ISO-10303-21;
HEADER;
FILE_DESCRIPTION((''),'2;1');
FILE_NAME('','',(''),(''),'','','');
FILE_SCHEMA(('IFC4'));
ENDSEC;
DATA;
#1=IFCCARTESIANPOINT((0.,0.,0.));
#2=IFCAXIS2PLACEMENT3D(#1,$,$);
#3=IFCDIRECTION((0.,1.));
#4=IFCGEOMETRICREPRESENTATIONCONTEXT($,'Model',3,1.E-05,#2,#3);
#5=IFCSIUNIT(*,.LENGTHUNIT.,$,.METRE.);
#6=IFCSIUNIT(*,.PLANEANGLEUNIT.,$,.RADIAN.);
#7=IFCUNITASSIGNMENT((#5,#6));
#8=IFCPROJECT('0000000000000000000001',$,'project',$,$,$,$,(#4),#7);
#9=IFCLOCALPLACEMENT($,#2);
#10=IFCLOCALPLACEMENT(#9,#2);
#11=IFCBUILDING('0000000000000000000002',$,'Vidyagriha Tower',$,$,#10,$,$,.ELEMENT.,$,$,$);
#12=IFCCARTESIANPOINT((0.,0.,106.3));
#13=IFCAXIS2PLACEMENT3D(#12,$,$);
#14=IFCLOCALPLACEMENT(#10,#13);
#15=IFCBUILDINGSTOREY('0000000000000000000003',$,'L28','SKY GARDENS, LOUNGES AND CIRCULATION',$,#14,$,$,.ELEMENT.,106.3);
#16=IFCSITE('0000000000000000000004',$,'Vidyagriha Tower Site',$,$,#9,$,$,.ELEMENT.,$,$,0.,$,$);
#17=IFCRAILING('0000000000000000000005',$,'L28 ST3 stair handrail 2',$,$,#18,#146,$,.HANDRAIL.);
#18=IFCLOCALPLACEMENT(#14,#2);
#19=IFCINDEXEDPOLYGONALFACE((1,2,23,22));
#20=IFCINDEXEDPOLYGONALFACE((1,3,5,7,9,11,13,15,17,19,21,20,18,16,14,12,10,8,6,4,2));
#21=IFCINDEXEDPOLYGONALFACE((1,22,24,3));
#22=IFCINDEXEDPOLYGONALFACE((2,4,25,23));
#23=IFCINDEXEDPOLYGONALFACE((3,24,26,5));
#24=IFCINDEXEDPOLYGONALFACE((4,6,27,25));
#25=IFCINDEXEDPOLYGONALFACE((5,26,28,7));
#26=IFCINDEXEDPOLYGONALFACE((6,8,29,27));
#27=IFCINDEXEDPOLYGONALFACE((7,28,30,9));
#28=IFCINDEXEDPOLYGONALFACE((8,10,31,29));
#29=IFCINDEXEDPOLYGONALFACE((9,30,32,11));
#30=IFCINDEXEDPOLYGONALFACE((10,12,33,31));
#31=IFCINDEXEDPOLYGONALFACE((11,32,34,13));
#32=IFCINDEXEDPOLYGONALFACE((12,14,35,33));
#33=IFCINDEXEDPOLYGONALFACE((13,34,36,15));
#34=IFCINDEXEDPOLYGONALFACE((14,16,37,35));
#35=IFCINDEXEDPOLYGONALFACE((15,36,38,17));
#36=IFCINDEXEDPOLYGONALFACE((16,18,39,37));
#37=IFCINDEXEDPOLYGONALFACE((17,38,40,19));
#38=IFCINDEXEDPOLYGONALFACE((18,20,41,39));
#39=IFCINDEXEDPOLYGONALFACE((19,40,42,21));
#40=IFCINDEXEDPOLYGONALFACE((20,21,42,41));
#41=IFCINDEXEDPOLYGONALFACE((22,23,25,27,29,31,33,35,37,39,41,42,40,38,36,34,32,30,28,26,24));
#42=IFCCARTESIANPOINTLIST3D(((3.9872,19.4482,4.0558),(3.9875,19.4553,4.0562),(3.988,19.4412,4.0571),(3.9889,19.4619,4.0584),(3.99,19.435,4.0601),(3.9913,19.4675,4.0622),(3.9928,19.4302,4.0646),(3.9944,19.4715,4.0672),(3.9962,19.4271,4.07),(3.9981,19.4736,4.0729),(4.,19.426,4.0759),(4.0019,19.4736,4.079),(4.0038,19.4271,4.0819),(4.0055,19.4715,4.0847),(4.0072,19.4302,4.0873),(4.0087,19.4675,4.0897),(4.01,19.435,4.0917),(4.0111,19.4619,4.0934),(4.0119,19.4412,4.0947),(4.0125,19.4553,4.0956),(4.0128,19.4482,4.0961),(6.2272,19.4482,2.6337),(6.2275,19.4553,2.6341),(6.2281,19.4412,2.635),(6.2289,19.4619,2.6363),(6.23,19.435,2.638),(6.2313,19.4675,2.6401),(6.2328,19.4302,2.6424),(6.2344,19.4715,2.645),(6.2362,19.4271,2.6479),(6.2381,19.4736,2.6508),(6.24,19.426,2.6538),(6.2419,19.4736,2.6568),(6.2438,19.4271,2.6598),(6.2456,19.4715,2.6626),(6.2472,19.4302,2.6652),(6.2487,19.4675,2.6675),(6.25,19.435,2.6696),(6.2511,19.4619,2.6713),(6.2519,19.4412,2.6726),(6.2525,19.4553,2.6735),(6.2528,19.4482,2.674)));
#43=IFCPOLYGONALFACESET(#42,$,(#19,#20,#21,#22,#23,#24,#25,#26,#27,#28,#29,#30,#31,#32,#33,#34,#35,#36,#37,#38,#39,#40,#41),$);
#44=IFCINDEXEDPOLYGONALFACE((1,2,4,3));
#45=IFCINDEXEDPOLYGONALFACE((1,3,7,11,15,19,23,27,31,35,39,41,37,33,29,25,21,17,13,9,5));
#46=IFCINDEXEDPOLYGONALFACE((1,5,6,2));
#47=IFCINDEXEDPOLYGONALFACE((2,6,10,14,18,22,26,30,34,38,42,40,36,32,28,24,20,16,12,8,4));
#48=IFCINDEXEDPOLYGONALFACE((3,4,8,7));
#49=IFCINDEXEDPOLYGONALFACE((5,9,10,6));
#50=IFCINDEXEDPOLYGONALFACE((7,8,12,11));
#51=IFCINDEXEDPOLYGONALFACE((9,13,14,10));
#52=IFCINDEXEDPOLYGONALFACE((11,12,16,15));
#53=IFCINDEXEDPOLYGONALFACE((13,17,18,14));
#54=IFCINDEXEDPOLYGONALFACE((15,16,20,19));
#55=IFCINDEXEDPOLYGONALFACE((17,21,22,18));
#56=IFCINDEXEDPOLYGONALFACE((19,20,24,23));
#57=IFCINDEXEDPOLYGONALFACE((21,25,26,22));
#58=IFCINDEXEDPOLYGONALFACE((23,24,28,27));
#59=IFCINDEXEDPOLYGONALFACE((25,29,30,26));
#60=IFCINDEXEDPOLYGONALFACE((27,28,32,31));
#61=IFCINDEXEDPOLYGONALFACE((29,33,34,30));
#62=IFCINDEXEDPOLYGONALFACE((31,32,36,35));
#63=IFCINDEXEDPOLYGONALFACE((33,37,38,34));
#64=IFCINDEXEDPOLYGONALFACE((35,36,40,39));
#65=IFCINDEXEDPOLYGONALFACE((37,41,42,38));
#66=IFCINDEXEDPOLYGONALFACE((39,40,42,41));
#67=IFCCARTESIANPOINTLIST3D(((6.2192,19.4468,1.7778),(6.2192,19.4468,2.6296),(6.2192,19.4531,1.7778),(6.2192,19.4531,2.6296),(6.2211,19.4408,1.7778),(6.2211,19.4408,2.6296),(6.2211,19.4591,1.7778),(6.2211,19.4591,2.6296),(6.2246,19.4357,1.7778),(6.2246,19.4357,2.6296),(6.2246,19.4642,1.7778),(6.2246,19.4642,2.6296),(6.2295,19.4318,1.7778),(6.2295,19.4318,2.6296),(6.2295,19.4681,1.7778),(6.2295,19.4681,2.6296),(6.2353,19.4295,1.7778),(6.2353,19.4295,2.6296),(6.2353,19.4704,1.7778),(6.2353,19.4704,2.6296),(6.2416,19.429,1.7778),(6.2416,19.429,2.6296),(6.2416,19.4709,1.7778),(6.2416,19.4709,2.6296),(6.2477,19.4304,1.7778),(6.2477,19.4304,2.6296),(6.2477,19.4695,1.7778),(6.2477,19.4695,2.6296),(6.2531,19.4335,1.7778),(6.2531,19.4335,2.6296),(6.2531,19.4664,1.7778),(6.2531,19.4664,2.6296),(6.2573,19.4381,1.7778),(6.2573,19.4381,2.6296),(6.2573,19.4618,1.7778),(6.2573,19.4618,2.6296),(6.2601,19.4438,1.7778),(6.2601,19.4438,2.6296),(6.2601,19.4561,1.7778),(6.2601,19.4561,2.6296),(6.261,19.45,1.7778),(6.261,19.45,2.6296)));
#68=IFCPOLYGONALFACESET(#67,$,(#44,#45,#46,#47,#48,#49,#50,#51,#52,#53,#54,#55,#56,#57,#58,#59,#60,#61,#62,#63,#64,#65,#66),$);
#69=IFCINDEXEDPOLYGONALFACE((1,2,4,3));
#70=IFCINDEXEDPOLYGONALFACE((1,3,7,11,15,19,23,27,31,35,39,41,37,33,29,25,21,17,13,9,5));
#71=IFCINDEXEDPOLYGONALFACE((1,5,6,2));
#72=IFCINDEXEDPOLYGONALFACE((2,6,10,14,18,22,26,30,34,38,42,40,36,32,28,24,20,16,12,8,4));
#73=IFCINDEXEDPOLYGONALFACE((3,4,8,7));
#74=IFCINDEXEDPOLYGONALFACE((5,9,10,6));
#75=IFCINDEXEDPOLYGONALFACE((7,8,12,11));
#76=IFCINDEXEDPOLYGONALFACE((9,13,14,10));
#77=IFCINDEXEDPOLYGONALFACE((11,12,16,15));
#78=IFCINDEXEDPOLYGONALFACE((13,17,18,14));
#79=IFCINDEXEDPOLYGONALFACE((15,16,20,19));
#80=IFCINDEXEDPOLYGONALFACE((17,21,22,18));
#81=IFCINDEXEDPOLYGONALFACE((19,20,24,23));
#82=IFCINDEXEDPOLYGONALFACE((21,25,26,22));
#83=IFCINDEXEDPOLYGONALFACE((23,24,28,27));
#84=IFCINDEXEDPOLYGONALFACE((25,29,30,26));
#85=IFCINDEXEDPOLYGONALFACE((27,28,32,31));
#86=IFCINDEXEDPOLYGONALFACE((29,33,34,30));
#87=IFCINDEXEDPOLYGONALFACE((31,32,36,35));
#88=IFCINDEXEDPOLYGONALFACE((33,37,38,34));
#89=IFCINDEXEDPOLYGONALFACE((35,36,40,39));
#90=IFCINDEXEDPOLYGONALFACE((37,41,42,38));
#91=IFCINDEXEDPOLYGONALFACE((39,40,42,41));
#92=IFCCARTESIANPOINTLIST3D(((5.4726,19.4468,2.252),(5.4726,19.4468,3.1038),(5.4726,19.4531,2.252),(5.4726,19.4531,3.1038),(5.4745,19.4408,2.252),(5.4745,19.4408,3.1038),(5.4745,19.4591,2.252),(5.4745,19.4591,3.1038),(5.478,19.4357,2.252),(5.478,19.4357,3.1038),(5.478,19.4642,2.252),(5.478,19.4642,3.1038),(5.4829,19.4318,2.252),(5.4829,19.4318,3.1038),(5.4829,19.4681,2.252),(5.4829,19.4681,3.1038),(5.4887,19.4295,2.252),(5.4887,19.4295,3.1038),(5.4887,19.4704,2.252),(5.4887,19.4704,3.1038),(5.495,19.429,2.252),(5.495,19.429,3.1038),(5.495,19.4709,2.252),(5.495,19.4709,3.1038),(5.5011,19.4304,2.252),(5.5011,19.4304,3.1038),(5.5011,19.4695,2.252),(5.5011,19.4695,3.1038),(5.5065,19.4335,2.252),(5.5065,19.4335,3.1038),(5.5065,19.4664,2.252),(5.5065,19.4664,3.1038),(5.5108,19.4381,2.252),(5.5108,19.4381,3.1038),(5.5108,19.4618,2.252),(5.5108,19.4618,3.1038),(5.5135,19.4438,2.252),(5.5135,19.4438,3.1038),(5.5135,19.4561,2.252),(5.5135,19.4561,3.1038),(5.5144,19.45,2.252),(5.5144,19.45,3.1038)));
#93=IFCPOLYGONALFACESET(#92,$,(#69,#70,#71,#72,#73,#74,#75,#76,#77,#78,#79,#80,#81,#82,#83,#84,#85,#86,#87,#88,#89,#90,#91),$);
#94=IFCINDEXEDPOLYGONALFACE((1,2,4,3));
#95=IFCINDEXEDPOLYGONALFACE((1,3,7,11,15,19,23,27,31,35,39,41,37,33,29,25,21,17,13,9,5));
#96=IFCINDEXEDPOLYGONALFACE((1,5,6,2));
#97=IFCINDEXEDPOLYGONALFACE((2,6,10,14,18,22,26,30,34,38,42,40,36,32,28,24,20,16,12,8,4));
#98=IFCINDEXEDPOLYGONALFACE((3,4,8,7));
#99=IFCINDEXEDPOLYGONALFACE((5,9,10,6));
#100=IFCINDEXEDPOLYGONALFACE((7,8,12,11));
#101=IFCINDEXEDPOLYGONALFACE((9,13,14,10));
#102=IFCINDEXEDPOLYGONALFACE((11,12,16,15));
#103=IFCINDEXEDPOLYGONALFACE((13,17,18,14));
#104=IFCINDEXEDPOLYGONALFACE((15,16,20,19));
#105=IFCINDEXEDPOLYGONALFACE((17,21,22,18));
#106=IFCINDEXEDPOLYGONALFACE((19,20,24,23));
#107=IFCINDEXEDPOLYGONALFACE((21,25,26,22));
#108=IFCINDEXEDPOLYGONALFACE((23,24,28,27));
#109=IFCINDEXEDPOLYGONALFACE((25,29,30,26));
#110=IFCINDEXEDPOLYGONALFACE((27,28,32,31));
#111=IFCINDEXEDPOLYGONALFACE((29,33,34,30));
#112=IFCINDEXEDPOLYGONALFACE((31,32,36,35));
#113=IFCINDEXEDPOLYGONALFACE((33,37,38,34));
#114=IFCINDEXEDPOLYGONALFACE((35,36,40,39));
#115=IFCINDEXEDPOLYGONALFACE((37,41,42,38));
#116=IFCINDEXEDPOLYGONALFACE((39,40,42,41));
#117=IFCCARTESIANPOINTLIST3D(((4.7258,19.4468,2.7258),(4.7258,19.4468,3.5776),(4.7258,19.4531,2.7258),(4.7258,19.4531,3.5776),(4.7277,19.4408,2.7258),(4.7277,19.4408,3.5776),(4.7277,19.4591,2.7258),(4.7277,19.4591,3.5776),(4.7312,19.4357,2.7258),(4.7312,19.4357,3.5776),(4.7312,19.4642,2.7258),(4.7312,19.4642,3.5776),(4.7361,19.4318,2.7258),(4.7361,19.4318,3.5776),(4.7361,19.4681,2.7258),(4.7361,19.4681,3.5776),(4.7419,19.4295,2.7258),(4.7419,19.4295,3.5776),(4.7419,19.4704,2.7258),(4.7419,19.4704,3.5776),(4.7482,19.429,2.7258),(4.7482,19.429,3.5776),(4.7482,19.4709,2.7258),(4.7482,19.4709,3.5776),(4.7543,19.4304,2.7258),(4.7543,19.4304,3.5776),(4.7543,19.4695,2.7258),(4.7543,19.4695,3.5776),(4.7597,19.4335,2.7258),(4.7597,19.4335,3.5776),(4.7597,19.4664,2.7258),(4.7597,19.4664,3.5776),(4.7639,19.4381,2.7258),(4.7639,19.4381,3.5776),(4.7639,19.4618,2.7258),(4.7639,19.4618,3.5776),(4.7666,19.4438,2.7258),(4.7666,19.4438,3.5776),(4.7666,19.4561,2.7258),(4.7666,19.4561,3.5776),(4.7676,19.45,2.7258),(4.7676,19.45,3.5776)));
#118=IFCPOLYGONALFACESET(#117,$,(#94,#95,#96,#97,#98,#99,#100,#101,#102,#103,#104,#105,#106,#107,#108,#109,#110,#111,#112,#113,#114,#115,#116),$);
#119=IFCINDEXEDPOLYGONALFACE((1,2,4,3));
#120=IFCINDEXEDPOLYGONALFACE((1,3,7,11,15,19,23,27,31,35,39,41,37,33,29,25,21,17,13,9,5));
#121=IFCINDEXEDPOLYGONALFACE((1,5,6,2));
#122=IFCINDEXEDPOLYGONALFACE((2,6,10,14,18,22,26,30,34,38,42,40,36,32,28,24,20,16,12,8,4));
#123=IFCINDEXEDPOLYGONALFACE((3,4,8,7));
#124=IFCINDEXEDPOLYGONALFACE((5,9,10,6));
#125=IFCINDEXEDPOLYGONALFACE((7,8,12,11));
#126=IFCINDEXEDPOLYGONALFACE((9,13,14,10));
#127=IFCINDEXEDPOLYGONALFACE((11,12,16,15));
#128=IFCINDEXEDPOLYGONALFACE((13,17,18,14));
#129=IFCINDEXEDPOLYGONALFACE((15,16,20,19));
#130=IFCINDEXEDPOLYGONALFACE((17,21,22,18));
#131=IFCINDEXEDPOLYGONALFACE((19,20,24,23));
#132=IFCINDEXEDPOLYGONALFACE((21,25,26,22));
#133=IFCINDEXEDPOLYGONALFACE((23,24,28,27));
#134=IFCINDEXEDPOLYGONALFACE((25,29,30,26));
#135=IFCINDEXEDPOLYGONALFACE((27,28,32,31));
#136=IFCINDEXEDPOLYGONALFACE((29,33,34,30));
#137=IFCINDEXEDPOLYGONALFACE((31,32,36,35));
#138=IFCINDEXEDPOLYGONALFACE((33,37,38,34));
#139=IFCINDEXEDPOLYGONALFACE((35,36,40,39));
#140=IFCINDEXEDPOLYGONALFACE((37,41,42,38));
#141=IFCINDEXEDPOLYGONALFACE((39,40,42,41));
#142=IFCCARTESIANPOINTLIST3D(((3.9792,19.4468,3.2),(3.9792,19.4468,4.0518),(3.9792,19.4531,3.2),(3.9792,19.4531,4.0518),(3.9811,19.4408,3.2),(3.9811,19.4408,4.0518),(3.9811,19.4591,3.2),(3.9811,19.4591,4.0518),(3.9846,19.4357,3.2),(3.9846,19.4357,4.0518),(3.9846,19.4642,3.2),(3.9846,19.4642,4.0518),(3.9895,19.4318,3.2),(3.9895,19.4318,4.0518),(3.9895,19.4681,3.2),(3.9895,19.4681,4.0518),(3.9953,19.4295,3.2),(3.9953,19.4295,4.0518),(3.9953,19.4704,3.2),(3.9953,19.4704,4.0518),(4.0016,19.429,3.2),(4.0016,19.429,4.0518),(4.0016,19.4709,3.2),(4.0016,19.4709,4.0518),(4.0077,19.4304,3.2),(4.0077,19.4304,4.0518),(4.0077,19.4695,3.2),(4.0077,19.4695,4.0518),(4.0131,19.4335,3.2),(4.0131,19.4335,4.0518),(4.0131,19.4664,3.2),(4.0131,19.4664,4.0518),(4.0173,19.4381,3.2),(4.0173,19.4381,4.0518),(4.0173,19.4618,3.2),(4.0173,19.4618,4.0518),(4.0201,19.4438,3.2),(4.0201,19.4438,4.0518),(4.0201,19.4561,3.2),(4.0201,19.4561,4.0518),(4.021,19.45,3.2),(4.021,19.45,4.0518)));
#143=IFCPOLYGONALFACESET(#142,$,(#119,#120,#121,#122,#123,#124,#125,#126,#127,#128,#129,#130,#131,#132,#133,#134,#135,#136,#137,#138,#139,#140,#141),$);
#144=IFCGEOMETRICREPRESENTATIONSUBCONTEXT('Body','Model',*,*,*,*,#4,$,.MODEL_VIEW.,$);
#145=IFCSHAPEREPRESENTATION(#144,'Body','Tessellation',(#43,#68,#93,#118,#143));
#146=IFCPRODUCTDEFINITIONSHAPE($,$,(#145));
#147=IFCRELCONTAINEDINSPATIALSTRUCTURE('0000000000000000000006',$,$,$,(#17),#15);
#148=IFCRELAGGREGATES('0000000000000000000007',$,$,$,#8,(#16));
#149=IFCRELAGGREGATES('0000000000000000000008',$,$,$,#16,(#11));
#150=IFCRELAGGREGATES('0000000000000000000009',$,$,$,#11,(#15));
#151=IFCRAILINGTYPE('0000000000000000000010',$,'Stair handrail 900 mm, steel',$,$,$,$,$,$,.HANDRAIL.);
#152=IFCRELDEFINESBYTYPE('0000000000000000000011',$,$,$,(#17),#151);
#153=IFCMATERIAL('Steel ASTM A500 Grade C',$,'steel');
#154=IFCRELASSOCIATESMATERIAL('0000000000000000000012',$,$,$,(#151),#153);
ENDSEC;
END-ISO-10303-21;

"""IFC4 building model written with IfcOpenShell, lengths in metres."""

from ifc_helpers import new_model, si_unit, direction, frame, origin, origin_2d, place, context, subcontext, project, spatial, circle, extrude, material, type_object, element, save


model = new_model("IFC4")

# Units and contexts
model_context = context("Model", 3, precision=1e-05, world=origin(), true_north=direction((0.0, 1.0)))
body_context = subcontext(model_context, "Body", "Model", "MODEL_VIEW")
ifc_project = project(units=[si_unit("LENGTHUNIT", "METRE"), si_unit("PLANEANGLEUNIT", "RADIAN")], contexts=[model_context])

# Site, building, storey
site_placement = place(None, origin())
site = spatial("IfcSite", under=ifc_project, at=site_placement, Name="Vidyagriha Tower Site", CompositionType="ELEMENT", RefElevation=0.0)
building_placement = place(site_placement, origin())
building = spatial("IfcBuilding", under=site, at=building_placement, Name="Vidyagriha Tower", CompositionType="ELEMENT")
storey_placement = place(building_placement, frame((0.0, 0.0, 106.3)))
storey = spatial("IfcBuildingStorey", under=building, at=storey_placement, Name="L28", Description="SKY GARDENS, LOUNGES AND CIRCULATION", CompositionType="ELEMENT", Elevation=106.3)

# Railing
ifc_material_1 = material(Name="Steel ASTM A500 Grade C", Category="steel")
railing_type_1 = type_object("IfcRailingType", Name="Stair handrail 900 mm, steel", PredefinedType="HANDRAIL", material=ifc_material_1)
for number, where, name in (
    (1, (6.24, 19.45, 1.7778), "L28 ST3 stair handrail 2"),
):
    element("IfcRailing", number, at=place(storey_placement, frame(where)), inside=storey, type_object=railing_type_1, Name=name, PredefinedType="HANDRAIL", context=body_context, shape_type="SweptSolid", body=[
        extrude(circle(Radius=0.0239, at=origin_2d()), frame((0.0, 0.0, 0.876), z_axis=(-0.844229, 0.0, 0.535982), x_axis=(0.0, -1.0, 0.0)), (0.0, 0.0, 1.0), 2.6533),
        extrude(circle(Radius=0.021, at=origin_2d()), origin(), (0.0, 0.0, 1.0), 0.8518),
        extrude(circle(Radius=0.021, at=origin_2d()), frame((-0.7466, 0.0, 0.4741)), (0.0, 0.0, 1.0), 0.8518),
        extrude(circle(Radius=0.021, at=origin_2d()), frame((-1.4934, 0.0, 0.948)), (0.0, 0.0, 1.0), 0.8518),
        extrude(circle(Radius=0.021, at=origin_2d()), frame((-2.24, 0.0, 1.4221)), (0.0, 0.0, 1.0), 0.8518),
    ])

save(model, "model.ifc")
